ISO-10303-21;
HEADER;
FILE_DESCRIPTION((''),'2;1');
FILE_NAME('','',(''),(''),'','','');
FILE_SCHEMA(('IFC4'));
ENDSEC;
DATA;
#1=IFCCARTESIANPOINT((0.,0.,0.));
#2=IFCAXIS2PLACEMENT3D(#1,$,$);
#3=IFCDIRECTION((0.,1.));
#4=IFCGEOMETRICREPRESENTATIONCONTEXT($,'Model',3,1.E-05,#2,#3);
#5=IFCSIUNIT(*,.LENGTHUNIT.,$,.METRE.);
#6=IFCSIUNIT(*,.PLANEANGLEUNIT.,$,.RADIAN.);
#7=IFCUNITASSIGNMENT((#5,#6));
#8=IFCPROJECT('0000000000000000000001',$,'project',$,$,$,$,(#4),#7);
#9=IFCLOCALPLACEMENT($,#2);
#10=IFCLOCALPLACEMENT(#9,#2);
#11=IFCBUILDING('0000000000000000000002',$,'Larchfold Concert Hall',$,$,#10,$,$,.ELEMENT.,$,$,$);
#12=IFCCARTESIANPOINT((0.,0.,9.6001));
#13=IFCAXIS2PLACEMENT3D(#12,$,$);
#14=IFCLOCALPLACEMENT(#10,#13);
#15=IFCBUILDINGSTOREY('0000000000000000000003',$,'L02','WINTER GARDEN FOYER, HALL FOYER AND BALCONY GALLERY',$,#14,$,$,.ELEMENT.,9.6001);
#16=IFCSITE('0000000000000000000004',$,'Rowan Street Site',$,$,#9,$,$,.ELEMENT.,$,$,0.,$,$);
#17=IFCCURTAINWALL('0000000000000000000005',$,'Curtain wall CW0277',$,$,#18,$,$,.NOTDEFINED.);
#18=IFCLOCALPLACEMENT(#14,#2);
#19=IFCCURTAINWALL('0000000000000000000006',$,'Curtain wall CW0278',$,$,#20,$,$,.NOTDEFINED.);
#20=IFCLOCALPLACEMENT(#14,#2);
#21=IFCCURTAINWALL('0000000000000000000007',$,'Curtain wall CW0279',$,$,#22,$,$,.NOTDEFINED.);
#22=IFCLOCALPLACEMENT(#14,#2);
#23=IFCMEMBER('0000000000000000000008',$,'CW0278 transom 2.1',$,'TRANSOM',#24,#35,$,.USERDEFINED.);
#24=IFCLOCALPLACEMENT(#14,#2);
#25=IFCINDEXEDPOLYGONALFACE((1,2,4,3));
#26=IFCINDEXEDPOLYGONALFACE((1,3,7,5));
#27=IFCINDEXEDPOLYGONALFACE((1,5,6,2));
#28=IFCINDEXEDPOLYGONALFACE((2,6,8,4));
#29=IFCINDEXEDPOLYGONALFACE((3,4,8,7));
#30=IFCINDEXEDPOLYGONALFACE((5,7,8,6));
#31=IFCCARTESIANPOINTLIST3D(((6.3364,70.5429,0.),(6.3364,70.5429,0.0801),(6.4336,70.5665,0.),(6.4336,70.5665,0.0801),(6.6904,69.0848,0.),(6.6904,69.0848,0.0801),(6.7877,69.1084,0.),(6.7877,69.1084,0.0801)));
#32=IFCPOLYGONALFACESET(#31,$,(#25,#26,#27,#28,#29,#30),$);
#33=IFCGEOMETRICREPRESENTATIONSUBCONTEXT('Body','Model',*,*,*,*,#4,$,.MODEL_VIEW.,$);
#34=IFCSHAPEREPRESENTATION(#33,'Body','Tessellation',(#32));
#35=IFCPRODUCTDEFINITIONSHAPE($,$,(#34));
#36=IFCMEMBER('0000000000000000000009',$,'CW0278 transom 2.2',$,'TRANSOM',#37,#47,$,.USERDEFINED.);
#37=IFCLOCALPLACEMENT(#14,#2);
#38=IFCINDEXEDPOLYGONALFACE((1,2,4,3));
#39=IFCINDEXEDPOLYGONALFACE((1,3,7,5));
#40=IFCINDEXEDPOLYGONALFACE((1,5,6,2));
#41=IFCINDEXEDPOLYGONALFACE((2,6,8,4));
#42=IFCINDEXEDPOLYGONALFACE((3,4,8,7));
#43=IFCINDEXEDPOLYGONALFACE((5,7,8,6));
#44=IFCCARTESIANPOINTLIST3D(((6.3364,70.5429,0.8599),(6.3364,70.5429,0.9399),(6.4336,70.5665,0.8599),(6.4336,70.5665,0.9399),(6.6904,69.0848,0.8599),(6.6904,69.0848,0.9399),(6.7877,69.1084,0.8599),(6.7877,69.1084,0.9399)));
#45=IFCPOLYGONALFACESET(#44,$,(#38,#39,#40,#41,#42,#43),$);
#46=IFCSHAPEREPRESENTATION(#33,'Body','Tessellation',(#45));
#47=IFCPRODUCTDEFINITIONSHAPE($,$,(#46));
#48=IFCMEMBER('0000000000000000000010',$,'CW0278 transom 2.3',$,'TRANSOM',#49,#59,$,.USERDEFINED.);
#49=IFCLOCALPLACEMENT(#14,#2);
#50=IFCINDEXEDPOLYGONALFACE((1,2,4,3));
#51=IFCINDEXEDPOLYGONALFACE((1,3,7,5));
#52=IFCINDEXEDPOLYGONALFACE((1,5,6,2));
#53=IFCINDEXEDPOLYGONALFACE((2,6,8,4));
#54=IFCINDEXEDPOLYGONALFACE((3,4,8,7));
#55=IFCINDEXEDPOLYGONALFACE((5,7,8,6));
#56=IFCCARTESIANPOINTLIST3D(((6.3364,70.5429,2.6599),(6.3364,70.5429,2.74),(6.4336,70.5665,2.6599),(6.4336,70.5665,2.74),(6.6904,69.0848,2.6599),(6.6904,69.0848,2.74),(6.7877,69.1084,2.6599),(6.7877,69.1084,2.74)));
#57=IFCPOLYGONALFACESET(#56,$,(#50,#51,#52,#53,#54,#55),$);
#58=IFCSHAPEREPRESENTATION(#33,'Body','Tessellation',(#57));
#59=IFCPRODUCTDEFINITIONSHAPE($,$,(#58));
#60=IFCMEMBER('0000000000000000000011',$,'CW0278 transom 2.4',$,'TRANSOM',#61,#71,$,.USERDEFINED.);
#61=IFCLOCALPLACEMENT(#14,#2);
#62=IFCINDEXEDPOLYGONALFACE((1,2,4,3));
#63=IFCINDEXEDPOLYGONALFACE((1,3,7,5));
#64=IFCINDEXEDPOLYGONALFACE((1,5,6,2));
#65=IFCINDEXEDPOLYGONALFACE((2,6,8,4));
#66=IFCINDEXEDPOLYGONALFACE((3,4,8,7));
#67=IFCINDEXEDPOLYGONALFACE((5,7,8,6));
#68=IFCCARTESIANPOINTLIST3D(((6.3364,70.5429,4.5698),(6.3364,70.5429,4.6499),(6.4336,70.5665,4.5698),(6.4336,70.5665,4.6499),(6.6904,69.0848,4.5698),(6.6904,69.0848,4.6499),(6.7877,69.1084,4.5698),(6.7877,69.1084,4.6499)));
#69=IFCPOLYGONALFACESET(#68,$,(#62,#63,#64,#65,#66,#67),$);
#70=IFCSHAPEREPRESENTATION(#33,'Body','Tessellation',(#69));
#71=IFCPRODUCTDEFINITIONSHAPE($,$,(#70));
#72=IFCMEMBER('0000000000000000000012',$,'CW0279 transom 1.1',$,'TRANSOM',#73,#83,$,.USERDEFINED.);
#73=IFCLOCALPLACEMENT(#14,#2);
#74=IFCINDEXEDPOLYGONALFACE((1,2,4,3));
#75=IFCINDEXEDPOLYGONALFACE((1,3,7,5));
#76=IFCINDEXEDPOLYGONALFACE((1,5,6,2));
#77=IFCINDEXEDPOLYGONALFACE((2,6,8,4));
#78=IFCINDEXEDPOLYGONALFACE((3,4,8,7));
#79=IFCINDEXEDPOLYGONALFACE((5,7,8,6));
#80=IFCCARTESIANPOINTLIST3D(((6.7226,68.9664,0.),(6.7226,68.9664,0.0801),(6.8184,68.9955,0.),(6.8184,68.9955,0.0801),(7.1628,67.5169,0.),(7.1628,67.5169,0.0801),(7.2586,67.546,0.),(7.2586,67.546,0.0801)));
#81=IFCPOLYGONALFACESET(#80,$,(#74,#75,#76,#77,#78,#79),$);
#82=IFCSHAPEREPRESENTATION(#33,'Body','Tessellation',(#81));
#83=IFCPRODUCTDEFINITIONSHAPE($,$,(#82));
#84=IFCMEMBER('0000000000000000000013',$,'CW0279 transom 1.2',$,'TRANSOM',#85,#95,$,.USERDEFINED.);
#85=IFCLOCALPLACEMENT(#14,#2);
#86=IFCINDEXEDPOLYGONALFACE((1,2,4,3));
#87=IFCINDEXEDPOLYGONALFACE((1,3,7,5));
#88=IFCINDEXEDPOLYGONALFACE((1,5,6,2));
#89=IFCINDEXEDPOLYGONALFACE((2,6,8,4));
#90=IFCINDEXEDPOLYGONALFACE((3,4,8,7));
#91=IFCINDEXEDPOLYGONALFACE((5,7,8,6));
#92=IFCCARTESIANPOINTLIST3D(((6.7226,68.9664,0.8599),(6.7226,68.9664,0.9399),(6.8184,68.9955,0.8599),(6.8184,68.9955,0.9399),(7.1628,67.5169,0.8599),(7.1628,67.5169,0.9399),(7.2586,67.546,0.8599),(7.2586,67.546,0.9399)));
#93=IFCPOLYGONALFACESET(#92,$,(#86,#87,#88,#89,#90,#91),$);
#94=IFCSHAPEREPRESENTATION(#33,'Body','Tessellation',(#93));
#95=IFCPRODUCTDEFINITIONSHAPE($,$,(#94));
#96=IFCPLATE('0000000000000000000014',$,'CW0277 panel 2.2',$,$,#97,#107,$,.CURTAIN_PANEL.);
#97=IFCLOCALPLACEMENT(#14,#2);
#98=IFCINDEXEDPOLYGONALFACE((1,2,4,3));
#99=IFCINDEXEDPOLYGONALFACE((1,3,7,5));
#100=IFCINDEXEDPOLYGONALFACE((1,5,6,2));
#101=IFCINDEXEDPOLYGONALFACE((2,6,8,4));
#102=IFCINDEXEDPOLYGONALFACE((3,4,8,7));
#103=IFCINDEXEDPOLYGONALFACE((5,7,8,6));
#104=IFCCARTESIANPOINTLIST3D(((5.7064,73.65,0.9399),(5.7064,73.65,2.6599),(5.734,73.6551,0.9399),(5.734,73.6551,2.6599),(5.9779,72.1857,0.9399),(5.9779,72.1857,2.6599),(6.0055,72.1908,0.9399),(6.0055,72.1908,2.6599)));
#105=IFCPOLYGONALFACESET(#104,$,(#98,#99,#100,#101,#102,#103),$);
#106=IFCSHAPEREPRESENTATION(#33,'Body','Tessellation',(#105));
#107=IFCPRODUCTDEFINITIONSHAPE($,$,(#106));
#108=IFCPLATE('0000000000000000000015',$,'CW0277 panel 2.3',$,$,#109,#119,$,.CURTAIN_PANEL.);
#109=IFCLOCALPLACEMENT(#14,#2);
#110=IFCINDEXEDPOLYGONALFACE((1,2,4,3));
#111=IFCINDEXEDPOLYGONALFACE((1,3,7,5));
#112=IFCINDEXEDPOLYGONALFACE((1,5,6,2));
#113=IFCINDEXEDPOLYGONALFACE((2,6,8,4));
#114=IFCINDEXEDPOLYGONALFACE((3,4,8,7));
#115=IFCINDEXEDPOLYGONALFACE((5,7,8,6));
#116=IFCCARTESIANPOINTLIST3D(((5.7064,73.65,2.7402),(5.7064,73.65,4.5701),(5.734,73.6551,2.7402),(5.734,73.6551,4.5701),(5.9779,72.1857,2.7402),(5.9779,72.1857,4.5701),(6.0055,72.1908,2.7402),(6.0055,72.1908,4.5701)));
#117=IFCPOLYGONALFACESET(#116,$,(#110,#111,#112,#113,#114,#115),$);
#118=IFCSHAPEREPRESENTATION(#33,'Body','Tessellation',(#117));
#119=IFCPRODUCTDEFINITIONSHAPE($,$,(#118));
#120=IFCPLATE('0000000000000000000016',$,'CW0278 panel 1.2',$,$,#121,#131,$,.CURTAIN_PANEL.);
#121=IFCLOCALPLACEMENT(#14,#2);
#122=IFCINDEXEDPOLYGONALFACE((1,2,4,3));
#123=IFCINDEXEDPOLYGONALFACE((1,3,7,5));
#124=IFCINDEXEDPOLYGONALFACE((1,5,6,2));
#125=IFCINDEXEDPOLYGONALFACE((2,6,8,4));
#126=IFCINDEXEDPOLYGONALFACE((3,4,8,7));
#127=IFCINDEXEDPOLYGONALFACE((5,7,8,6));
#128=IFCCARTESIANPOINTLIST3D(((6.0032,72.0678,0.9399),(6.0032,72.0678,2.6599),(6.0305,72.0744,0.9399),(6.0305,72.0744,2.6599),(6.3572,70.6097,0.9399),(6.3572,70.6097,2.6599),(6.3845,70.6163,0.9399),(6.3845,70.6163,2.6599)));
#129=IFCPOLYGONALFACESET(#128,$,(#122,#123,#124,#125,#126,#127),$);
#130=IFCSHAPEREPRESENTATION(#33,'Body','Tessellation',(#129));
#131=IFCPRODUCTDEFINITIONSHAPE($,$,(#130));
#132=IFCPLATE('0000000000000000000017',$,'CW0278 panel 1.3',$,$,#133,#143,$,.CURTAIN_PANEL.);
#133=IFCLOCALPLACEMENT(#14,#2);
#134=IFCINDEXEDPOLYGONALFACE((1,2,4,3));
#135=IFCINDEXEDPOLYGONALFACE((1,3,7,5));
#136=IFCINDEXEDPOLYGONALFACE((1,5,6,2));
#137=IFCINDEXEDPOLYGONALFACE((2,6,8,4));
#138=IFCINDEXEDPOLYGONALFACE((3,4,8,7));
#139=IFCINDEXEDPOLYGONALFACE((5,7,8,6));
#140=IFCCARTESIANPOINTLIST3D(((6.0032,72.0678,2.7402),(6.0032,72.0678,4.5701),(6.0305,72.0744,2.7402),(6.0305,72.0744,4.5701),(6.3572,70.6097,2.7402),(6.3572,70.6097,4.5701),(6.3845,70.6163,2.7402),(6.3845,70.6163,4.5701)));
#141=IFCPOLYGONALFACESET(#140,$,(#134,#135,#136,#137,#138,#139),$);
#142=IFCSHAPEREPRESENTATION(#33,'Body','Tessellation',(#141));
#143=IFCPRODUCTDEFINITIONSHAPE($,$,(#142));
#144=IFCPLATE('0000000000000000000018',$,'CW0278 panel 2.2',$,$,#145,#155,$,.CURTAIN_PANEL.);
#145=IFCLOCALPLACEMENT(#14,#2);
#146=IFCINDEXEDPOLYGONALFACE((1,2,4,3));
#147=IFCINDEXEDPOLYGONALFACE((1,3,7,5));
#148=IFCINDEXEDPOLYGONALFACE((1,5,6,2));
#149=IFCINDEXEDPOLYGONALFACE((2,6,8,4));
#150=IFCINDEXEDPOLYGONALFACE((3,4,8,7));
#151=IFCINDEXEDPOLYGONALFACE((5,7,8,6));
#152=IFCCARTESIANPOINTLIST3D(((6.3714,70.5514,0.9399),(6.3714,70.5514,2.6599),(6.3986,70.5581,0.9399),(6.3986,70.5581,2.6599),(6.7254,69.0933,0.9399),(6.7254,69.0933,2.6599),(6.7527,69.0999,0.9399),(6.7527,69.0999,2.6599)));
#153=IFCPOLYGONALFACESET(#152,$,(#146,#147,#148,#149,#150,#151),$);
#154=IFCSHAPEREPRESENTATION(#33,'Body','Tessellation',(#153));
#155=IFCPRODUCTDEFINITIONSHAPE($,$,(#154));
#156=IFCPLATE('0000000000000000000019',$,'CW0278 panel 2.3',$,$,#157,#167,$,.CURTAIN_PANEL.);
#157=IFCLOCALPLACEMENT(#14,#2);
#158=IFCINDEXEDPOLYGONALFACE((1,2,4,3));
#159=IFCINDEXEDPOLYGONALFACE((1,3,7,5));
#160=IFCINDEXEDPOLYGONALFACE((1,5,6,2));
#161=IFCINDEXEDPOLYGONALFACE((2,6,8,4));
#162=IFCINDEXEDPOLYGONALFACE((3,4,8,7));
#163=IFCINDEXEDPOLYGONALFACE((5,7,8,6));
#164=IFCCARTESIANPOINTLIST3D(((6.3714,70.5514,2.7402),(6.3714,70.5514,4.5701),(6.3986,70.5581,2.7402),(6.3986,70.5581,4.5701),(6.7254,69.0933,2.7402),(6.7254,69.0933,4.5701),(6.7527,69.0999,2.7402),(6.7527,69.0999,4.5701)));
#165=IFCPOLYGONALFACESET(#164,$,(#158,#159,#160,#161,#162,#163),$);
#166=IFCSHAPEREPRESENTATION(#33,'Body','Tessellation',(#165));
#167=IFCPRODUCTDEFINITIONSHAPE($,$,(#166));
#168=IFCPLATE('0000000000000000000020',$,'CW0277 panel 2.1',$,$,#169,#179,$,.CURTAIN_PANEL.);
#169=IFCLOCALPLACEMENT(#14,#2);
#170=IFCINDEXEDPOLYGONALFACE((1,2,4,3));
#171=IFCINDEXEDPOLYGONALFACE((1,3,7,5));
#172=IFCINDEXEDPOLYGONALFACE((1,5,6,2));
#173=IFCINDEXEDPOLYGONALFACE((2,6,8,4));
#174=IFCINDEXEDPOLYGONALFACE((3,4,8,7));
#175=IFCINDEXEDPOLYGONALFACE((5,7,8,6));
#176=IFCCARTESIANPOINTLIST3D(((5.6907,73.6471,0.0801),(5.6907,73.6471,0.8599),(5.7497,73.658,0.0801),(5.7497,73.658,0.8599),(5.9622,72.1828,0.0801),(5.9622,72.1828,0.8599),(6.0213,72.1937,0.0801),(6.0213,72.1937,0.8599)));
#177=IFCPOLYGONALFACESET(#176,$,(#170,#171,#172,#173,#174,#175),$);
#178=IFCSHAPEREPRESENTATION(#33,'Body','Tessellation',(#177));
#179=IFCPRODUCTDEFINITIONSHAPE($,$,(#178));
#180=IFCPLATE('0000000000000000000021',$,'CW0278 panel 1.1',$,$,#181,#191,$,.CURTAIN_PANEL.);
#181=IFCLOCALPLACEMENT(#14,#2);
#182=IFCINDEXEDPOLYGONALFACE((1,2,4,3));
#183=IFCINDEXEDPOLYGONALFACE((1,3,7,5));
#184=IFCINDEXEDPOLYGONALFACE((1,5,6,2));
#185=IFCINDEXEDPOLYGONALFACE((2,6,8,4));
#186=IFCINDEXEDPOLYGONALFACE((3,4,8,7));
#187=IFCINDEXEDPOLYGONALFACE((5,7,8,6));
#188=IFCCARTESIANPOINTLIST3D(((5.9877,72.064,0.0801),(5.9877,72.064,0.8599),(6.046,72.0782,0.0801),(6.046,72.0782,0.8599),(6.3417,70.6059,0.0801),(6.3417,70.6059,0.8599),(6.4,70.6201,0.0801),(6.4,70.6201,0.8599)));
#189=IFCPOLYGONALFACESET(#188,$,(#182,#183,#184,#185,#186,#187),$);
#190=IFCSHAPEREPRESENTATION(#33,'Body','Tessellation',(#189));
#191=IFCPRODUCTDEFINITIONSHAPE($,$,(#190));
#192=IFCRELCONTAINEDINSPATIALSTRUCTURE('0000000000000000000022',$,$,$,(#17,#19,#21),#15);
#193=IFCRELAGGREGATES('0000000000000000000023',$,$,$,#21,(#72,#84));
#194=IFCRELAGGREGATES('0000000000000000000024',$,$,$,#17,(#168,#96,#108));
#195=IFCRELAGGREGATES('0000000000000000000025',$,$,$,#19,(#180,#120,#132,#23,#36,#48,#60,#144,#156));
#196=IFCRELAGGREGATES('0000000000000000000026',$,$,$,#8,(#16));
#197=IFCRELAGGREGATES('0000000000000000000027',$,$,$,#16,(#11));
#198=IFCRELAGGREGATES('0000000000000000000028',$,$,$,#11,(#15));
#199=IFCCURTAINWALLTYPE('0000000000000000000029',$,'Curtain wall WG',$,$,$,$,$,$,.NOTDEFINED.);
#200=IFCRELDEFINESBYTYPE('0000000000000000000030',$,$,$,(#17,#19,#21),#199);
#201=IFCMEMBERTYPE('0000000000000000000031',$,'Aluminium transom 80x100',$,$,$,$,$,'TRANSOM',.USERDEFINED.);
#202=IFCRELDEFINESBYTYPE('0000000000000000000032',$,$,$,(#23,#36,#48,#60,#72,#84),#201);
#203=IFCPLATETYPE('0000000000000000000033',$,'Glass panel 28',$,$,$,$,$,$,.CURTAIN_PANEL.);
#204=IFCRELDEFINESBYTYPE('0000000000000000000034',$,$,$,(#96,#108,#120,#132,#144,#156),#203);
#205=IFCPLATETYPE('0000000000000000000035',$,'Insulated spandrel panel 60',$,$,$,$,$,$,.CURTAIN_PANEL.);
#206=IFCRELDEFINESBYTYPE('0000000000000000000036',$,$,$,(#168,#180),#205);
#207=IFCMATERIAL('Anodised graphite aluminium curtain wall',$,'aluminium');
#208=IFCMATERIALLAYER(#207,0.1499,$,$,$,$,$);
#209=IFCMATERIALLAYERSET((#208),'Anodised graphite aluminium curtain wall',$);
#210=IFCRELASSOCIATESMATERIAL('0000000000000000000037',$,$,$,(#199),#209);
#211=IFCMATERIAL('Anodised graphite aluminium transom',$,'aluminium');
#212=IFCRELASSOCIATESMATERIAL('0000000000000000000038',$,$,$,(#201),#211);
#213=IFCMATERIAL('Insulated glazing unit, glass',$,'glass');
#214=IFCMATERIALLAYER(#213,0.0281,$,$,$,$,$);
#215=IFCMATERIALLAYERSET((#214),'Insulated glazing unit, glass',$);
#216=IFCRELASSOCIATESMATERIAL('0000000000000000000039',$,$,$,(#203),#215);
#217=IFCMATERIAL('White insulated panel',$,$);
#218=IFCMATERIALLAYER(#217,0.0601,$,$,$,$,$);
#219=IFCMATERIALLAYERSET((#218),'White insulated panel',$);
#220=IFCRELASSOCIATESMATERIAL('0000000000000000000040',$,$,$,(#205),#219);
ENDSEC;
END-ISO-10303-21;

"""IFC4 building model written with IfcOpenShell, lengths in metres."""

from ifc_helpers import new_model, si_unit, direction, frame, origin, origin_2d, place, context, subcontext, project, spatial, rectangle, extrude, material, layer, layer_set, material_profile, profile_set, type_object, element, aggregate, save


model = new_model("IFC4")

# Units and contexts
model_context = context("Model", 3, precision=1e-05, world=origin(), true_north=direction((0.0, 1.0)))
body_context = subcontext(model_context, "Body", "Model", "MODEL_VIEW")
ifc_project = project(units=[si_unit("LENGTHUNIT", "METRE"), si_unit("PLANEANGLEUNIT", "RADIAN")], contexts=[model_context])

# Site, building, storey
site_placement = place(None, origin())
site = spatial("IfcSite", under=ifc_project, at=site_placement, Name="Rowan Street Site", CompositionType="ELEMENT", RefElevation=0.0)
building_placement = place(site_placement, origin())
building = spatial("IfcBuilding", under=site, at=building_placement, Name="Larchfold Concert Hall", CompositionType="ELEMENT")
storey_placement = place(building_placement, frame((0.0, 0.0, 9.6001)))
storey = spatial("IfcBuildingStorey", under=building, at=storey_placement, Name="L02", Description="WINTER GARDEN FOYER, HALL FOYER AND BALCONY GALLERY", CompositionType="ELEMENT", Elevation=9.6001)

# Curtain walls
ifc_material_1 = material(Name="Anodised graphite aluminium curtain wall", Category="aluminium")
ifc_layer_1 = layer(ifc_material_1, 0.1499)
ifc_layer_set_1 = layer_set([ifc_layer_1], Name="Anodised graphite aluminium curtain wall")
curtain_wall_type = type_object("IfcCurtainWallType", Name="Curtain wall WG", PredefinedType="NOTDEFINED", material=ifc_layer_set_1)
curtain_wall_1_placement = place(storey_placement, origin())
curtain_wall_1 = element("IfcCurtainWall", 1, at=curtain_wall_1_placement, inside=storey, type_object=curtain_wall_type, Name="Curtain wall CW0277", PredefinedType="NOTDEFINED")
curtain_wall_2_placement = place(storey_placement, origin())
curtain_wall_2 = element("IfcCurtainWall", 2, at=curtain_wall_2_placement, inside=storey, type_object=curtain_wall_type, Name="Curtain wall CW0278", PredefinedType="NOTDEFINED")

# Curtain wall
curtain_wall_3_placement = place(storey_placement, origin())
curtain_wall_3 = element("IfcCurtainWall", 3, at=curtain_wall_3_placement, inside=storey, type_object=curtain_wall_type, Name="Curtain wall CW0279", PredefinedType="NOTDEFINED")

# Members
ifc_material_2 = material(Name="Anodised graphite aluminium transom", Category="aluminium")
ifc_material_profile_1 = material_profile(ifc_material_2, rectangle(XDim=0.1001, YDim=0.0801, at=origin_2d()))
ifc_profile_set_1 = profile_set([ifc_material_profile_1], Name="Anodised graphite aluminium transom")
member_type_1 = type_object("IfcMemberType", Name="Aluminium transom 80x100", ElementType="TRANSOM", PredefinedType="USERDEFINED", material=ifc_profile_set_1)
member_1_placement = place(storey_placement, frame((6.385, 70.5547, 0.04), z_axis=(0.235945, -0.971766, 0.0), x_axis=(0.971766, 0.235945, 0.0)))
member_1 = element("IfcMember", 4, at=member_1_placement, type_object=member_type_1, Name="CW0278 transom 2.1", ObjectType="TRANSOM", PredefinedType="USERDEFINED", context=body_context, shape_type="SweptSolid", body=[
    extrude(rectangle(XDim=0.1001, YDim=0.0801, at=origin_2d()), origin(), (0.0, 0.0, 1.0), 1.5005),
])
member_2_placement = place(storey_placement, frame((6.385, 70.5547, 0.8999), z_axis=(0.235945, -0.971766, 0.0), x_axis=(0.971766, 0.235945, 0.0)))
member_2 = element("IfcMember", 5, at=member_2_placement, type_object=member_type_1, Name="CW0278 transom 2.2", ObjectType="TRANSOM", PredefinedType="USERDEFINED", context=body_context, shape_type="SweptSolid", body=[
    extrude(rectangle(XDim=0.1001, YDim=0.0801, at=origin_2d()), origin(), (0.0, 0.0, 1.0), 1.5005),
])
member_3_placement = place(storey_placement, frame((6.385, 70.5547, 2.7), z_axis=(0.235945, -0.971766, 0.0), x_axis=(0.971766, 0.235945, 0.0)))
member_3 = element("IfcMember", 6, at=member_3_placement, type_object=member_type_1, Name="CW0278 transom 2.3", ObjectType="TRANSOM", PredefinedType="USERDEFINED", context=body_context, shape_type="SweptSolid", body=[
    extrude(rectangle(XDim=0.1001, YDim=0.0801, at=origin_2d()), origin(), (0.0, 0.0, 1.0), 1.5005),
])
member_4_placement = place(storey_placement, frame((6.385, 70.5547, 4.6099), z_axis=(0.235945, -0.971766, 0.0), x_axis=(0.971766, 0.235945, 0.0)))
member_4 = element("IfcMember", 7, at=member_4_placement, type_object=member_type_1, Name="CW0278 transom 2.4", ObjectType="TRANSOM", PredefinedType="USERDEFINED", context=body_context, shape_type="SweptSolid", body=[
    extrude(rectangle(XDim=0.1001, YDim=0.0801, at=origin_2d()), origin(), (0.0, 0.0, 1.0), 1.5005),
])
member_5_placement = place(storey_placement, frame((6.7705, 68.981, 0.04), z_axis=(0.290584, -0.956849, 0.0), x_axis=(0.956849, 0.290584, 0.0)))
member_5 = element("IfcMember", 8, at=member_5_placement, type_object=member_type_1, Name="CW0279 transom 1.1", ObjectType="TRANSOM", PredefinedType="USERDEFINED", context=body_context, shape_type="SweptSolid", body=[
    extrude(rectangle(XDim=0.1001, YDim=0.0801, at=origin_2d()), origin(), (0.0, 0.0, 1.0), 1.5149),
])
member_6_placement = place(storey_placement, frame((6.7705, 68.981, 0.8999), z_axis=(0.290584, -0.956849, 0.0), x_axis=(0.956849, 0.290584, 0.0)))
member_6 = element("IfcMember", 9, at=member_6_placement, type_object=member_type_1, Name="CW0279 transom 1.2", ObjectType="TRANSOM", PredefinedType="USERDEFINED", context=body_context, shape_type="SweptSolid", body=[
    extrude(rectangle(XDim=0.1001, YDim=0.0801, at=origin_2d()), origin(), (0.0, 0.0, 1.0), 1.5149),
])
aggregate(curtain_wall_3, [member_5, member_6])

# Plates
ifc_material_3 = material(Name="Insulated glazing unit, glass", Category="glass")
ifc_layer_2 = layer(ifc_material_3, 0.0281)
ifc_layer_set_2 = layer_set([ifc_layer_2], Name="Insulated glazing unit, glass")
plate_type_1 = type_object("IfcPlateType", Name="Glass panel 28", PredefinedType="CURTAIN_PANEL", material=ifc_layer_set_2)
plate_1_placement = place(storey_placement, frame((5.856, 72.9204, 0.9399), z_axis=(0.0, 0.0, 1.0), x_axis=(0.182347, -0.983234, 0.0)))
plate_1 = element("IfcPlate", 10, at=plate_1_placement, type_object=plate_type_1, Name="CW0277 panel 2.2", PredefinedType="CURTAIN_PANEL", context=body_context, shape_type="SweptSolid", body=[
    extrude(rectangle(XDim=1.4893, YDim=0.0281, at=origin_2d()), origin(), (0.0, 0.0, 1.0), 1.72),
])
plate_2_placement = place(storey_placement, frame((5.856, 72.9204, 2.7402), z_axis=(0.0, 0.0, 1.0), x_axis=(0.182347, -0.983234, 0.0)))
plate_2 = element("IfcPlate", 11, at=plate_2_placement, type_object=plate_type_1, Name="CW0277 panel 2.3", PredefinedType="CURTAIN_PANEL", context=body_context, shape_type="SweptSolid", body=[
    extrude(rectangle(XDim=1.4893, YDim=0.0281, at=origin_2d()), origin(), (0.0, 0.0, 1.0), 1.8298),
])
plate_3_placement = place(storey_placement, frame((6.1938, 71.342, 0.9399), z_axis=(0.0, 0.0, 1.0), x_axis=(0.235938, -0.971768, 0.0)))
plate_3 = element("IfcPlate", 12, at=plate_3_placement, type_object=plate_type_1, Name="CW0278 panel 1.2", PredefinedType="CURTAIN_PANEL", context=body_context, shape_type="SweptSolid", body=[
    extrude(rectangle(XDim=1.5005, YDim=0.0281, at=origin_2d()), origin(), (0.0, 0.0, 1.0), 1.72),
])
plate_4_placement = place(storey_placement, frame((6.1938, 71.342, 2.7402), z_axis=(0.0, 0.0, 1.0), x_axis=(0.235938, -0.971768, 0.0)))
plate_4 = element("IfcPlate", 13, at=plate_4_placement, type_object=plate_type_1, Name="CW0278 panel 1.3", PredefinedType="CURTAIN_PANEL", context=body_context, shape_type="SweptSolid", body=[
    extrude(rectangle(XDim=1.5005, YDim=0.0281, at=origin_2d()), origin(), (0.0, 0.0, 1.0), 1.8298),
])
plate_5_placement = place(storey_placement, frame((6.562, 69.8257, 0.9399), z_axis=(0.0, 0.0, 1.0), x_axis=(0.235938, -0.971768, 0.0)))
plate_5 = element("IfcPlate", 14, at=plate_5_placement, type_object=plate_type_1, Name="CW0278 panel 2.2", PredefinedType="CURTAIN_PANEL", context=body_context, shape_type="SweptSolid", body=[
    extrude(rectangle(XDim=1.5005, YDim=0.0281, at=origin_2d()), origin(), (0.0, 0.0, 1.0), 1.72),
])
plate_6_placement = place(storey_placement, frame((6.562, 69.8257, 2.7402), z_axis=(0.0, 0.0, 1.0), x_axis=(0.235938, -0.971768, 0.0)))
plate_6 = element("IfcPlate", 15, at=plate_6_placement, type_object=plate_type_1, Name="CW0278 panel 2.3", PredefinedType="CURTAIN_PANEL", context=body_context, shape_type="SweptSolid", body=[
    extrude(rectangle(XDim=1.5005, YDim=0.0281, at=origin_2d()), origin(), (0.0, 0.0, 1.0), 1.8298),
])
ifc_material_4 = material(Name="White insulated panel")
ifc_layer_3 = layer(ifc_material_4, 0.0601)
ifc_layer_set_3 = layer_set([ifc_layer_3], Name="White insulated panel")
plate_type_2 = type_object("IfcPlateType", Name="Insulated spandrel panel 60", PredefinedType="CURTAIN_PANEL", material=ifc_layer_set_3)
plate_7_placement = place(storey_placement, frame((5.856, 72.9204, 0.0801), z_axis=(0.0, 0.0, 1.0), x_axis=(0.182347, -0.983234, 0.0)))
plate_7 = element("IfcPlate", 16, at=plate_7_placement, type_object=plate_type_2, Name="CW0277 panel 2.1", PredefinedType="CURTAIN_PANEL", context=body_context, shape_type="SweptSolid", body=[
    extrude(rectangle(XDim=1.4893, YDim=0.0601, at=origin_2d()), origin(), (0.0, 0.0, 1.0), 0.7798),
])
aggregate(curtain_wall_1, [plate_7, plate_1, plate_2])
plate_8_placement = place(storey_placement, frame((6.1938, 71.342, 0.0801), z_axis=(0.0, 0.0, 1.0), x_axis=(0.235938, -0.971768, 0.0)))
plate_8 = element("IfcPlate", 17, at=plate_8_placement, type_object=plate_type_2, Name="CW0278 panel 1.1", PredefinedType="CURTAIN_PANEL", context=body_context, shape_type="SweptSolid", body=[
    extrude(rectangle(XDim=1.5005, YDim=0.0601, at=origin_2d()), origin(), (0.0, 0.0, 1.0), 0.7798),
])
aggregate(curtain_wall_2, [plate_8, plate_3, plate_4, member_1, member_2, member_3, member_4, plate_5, plate_6])

save(model, "model.ifc")
